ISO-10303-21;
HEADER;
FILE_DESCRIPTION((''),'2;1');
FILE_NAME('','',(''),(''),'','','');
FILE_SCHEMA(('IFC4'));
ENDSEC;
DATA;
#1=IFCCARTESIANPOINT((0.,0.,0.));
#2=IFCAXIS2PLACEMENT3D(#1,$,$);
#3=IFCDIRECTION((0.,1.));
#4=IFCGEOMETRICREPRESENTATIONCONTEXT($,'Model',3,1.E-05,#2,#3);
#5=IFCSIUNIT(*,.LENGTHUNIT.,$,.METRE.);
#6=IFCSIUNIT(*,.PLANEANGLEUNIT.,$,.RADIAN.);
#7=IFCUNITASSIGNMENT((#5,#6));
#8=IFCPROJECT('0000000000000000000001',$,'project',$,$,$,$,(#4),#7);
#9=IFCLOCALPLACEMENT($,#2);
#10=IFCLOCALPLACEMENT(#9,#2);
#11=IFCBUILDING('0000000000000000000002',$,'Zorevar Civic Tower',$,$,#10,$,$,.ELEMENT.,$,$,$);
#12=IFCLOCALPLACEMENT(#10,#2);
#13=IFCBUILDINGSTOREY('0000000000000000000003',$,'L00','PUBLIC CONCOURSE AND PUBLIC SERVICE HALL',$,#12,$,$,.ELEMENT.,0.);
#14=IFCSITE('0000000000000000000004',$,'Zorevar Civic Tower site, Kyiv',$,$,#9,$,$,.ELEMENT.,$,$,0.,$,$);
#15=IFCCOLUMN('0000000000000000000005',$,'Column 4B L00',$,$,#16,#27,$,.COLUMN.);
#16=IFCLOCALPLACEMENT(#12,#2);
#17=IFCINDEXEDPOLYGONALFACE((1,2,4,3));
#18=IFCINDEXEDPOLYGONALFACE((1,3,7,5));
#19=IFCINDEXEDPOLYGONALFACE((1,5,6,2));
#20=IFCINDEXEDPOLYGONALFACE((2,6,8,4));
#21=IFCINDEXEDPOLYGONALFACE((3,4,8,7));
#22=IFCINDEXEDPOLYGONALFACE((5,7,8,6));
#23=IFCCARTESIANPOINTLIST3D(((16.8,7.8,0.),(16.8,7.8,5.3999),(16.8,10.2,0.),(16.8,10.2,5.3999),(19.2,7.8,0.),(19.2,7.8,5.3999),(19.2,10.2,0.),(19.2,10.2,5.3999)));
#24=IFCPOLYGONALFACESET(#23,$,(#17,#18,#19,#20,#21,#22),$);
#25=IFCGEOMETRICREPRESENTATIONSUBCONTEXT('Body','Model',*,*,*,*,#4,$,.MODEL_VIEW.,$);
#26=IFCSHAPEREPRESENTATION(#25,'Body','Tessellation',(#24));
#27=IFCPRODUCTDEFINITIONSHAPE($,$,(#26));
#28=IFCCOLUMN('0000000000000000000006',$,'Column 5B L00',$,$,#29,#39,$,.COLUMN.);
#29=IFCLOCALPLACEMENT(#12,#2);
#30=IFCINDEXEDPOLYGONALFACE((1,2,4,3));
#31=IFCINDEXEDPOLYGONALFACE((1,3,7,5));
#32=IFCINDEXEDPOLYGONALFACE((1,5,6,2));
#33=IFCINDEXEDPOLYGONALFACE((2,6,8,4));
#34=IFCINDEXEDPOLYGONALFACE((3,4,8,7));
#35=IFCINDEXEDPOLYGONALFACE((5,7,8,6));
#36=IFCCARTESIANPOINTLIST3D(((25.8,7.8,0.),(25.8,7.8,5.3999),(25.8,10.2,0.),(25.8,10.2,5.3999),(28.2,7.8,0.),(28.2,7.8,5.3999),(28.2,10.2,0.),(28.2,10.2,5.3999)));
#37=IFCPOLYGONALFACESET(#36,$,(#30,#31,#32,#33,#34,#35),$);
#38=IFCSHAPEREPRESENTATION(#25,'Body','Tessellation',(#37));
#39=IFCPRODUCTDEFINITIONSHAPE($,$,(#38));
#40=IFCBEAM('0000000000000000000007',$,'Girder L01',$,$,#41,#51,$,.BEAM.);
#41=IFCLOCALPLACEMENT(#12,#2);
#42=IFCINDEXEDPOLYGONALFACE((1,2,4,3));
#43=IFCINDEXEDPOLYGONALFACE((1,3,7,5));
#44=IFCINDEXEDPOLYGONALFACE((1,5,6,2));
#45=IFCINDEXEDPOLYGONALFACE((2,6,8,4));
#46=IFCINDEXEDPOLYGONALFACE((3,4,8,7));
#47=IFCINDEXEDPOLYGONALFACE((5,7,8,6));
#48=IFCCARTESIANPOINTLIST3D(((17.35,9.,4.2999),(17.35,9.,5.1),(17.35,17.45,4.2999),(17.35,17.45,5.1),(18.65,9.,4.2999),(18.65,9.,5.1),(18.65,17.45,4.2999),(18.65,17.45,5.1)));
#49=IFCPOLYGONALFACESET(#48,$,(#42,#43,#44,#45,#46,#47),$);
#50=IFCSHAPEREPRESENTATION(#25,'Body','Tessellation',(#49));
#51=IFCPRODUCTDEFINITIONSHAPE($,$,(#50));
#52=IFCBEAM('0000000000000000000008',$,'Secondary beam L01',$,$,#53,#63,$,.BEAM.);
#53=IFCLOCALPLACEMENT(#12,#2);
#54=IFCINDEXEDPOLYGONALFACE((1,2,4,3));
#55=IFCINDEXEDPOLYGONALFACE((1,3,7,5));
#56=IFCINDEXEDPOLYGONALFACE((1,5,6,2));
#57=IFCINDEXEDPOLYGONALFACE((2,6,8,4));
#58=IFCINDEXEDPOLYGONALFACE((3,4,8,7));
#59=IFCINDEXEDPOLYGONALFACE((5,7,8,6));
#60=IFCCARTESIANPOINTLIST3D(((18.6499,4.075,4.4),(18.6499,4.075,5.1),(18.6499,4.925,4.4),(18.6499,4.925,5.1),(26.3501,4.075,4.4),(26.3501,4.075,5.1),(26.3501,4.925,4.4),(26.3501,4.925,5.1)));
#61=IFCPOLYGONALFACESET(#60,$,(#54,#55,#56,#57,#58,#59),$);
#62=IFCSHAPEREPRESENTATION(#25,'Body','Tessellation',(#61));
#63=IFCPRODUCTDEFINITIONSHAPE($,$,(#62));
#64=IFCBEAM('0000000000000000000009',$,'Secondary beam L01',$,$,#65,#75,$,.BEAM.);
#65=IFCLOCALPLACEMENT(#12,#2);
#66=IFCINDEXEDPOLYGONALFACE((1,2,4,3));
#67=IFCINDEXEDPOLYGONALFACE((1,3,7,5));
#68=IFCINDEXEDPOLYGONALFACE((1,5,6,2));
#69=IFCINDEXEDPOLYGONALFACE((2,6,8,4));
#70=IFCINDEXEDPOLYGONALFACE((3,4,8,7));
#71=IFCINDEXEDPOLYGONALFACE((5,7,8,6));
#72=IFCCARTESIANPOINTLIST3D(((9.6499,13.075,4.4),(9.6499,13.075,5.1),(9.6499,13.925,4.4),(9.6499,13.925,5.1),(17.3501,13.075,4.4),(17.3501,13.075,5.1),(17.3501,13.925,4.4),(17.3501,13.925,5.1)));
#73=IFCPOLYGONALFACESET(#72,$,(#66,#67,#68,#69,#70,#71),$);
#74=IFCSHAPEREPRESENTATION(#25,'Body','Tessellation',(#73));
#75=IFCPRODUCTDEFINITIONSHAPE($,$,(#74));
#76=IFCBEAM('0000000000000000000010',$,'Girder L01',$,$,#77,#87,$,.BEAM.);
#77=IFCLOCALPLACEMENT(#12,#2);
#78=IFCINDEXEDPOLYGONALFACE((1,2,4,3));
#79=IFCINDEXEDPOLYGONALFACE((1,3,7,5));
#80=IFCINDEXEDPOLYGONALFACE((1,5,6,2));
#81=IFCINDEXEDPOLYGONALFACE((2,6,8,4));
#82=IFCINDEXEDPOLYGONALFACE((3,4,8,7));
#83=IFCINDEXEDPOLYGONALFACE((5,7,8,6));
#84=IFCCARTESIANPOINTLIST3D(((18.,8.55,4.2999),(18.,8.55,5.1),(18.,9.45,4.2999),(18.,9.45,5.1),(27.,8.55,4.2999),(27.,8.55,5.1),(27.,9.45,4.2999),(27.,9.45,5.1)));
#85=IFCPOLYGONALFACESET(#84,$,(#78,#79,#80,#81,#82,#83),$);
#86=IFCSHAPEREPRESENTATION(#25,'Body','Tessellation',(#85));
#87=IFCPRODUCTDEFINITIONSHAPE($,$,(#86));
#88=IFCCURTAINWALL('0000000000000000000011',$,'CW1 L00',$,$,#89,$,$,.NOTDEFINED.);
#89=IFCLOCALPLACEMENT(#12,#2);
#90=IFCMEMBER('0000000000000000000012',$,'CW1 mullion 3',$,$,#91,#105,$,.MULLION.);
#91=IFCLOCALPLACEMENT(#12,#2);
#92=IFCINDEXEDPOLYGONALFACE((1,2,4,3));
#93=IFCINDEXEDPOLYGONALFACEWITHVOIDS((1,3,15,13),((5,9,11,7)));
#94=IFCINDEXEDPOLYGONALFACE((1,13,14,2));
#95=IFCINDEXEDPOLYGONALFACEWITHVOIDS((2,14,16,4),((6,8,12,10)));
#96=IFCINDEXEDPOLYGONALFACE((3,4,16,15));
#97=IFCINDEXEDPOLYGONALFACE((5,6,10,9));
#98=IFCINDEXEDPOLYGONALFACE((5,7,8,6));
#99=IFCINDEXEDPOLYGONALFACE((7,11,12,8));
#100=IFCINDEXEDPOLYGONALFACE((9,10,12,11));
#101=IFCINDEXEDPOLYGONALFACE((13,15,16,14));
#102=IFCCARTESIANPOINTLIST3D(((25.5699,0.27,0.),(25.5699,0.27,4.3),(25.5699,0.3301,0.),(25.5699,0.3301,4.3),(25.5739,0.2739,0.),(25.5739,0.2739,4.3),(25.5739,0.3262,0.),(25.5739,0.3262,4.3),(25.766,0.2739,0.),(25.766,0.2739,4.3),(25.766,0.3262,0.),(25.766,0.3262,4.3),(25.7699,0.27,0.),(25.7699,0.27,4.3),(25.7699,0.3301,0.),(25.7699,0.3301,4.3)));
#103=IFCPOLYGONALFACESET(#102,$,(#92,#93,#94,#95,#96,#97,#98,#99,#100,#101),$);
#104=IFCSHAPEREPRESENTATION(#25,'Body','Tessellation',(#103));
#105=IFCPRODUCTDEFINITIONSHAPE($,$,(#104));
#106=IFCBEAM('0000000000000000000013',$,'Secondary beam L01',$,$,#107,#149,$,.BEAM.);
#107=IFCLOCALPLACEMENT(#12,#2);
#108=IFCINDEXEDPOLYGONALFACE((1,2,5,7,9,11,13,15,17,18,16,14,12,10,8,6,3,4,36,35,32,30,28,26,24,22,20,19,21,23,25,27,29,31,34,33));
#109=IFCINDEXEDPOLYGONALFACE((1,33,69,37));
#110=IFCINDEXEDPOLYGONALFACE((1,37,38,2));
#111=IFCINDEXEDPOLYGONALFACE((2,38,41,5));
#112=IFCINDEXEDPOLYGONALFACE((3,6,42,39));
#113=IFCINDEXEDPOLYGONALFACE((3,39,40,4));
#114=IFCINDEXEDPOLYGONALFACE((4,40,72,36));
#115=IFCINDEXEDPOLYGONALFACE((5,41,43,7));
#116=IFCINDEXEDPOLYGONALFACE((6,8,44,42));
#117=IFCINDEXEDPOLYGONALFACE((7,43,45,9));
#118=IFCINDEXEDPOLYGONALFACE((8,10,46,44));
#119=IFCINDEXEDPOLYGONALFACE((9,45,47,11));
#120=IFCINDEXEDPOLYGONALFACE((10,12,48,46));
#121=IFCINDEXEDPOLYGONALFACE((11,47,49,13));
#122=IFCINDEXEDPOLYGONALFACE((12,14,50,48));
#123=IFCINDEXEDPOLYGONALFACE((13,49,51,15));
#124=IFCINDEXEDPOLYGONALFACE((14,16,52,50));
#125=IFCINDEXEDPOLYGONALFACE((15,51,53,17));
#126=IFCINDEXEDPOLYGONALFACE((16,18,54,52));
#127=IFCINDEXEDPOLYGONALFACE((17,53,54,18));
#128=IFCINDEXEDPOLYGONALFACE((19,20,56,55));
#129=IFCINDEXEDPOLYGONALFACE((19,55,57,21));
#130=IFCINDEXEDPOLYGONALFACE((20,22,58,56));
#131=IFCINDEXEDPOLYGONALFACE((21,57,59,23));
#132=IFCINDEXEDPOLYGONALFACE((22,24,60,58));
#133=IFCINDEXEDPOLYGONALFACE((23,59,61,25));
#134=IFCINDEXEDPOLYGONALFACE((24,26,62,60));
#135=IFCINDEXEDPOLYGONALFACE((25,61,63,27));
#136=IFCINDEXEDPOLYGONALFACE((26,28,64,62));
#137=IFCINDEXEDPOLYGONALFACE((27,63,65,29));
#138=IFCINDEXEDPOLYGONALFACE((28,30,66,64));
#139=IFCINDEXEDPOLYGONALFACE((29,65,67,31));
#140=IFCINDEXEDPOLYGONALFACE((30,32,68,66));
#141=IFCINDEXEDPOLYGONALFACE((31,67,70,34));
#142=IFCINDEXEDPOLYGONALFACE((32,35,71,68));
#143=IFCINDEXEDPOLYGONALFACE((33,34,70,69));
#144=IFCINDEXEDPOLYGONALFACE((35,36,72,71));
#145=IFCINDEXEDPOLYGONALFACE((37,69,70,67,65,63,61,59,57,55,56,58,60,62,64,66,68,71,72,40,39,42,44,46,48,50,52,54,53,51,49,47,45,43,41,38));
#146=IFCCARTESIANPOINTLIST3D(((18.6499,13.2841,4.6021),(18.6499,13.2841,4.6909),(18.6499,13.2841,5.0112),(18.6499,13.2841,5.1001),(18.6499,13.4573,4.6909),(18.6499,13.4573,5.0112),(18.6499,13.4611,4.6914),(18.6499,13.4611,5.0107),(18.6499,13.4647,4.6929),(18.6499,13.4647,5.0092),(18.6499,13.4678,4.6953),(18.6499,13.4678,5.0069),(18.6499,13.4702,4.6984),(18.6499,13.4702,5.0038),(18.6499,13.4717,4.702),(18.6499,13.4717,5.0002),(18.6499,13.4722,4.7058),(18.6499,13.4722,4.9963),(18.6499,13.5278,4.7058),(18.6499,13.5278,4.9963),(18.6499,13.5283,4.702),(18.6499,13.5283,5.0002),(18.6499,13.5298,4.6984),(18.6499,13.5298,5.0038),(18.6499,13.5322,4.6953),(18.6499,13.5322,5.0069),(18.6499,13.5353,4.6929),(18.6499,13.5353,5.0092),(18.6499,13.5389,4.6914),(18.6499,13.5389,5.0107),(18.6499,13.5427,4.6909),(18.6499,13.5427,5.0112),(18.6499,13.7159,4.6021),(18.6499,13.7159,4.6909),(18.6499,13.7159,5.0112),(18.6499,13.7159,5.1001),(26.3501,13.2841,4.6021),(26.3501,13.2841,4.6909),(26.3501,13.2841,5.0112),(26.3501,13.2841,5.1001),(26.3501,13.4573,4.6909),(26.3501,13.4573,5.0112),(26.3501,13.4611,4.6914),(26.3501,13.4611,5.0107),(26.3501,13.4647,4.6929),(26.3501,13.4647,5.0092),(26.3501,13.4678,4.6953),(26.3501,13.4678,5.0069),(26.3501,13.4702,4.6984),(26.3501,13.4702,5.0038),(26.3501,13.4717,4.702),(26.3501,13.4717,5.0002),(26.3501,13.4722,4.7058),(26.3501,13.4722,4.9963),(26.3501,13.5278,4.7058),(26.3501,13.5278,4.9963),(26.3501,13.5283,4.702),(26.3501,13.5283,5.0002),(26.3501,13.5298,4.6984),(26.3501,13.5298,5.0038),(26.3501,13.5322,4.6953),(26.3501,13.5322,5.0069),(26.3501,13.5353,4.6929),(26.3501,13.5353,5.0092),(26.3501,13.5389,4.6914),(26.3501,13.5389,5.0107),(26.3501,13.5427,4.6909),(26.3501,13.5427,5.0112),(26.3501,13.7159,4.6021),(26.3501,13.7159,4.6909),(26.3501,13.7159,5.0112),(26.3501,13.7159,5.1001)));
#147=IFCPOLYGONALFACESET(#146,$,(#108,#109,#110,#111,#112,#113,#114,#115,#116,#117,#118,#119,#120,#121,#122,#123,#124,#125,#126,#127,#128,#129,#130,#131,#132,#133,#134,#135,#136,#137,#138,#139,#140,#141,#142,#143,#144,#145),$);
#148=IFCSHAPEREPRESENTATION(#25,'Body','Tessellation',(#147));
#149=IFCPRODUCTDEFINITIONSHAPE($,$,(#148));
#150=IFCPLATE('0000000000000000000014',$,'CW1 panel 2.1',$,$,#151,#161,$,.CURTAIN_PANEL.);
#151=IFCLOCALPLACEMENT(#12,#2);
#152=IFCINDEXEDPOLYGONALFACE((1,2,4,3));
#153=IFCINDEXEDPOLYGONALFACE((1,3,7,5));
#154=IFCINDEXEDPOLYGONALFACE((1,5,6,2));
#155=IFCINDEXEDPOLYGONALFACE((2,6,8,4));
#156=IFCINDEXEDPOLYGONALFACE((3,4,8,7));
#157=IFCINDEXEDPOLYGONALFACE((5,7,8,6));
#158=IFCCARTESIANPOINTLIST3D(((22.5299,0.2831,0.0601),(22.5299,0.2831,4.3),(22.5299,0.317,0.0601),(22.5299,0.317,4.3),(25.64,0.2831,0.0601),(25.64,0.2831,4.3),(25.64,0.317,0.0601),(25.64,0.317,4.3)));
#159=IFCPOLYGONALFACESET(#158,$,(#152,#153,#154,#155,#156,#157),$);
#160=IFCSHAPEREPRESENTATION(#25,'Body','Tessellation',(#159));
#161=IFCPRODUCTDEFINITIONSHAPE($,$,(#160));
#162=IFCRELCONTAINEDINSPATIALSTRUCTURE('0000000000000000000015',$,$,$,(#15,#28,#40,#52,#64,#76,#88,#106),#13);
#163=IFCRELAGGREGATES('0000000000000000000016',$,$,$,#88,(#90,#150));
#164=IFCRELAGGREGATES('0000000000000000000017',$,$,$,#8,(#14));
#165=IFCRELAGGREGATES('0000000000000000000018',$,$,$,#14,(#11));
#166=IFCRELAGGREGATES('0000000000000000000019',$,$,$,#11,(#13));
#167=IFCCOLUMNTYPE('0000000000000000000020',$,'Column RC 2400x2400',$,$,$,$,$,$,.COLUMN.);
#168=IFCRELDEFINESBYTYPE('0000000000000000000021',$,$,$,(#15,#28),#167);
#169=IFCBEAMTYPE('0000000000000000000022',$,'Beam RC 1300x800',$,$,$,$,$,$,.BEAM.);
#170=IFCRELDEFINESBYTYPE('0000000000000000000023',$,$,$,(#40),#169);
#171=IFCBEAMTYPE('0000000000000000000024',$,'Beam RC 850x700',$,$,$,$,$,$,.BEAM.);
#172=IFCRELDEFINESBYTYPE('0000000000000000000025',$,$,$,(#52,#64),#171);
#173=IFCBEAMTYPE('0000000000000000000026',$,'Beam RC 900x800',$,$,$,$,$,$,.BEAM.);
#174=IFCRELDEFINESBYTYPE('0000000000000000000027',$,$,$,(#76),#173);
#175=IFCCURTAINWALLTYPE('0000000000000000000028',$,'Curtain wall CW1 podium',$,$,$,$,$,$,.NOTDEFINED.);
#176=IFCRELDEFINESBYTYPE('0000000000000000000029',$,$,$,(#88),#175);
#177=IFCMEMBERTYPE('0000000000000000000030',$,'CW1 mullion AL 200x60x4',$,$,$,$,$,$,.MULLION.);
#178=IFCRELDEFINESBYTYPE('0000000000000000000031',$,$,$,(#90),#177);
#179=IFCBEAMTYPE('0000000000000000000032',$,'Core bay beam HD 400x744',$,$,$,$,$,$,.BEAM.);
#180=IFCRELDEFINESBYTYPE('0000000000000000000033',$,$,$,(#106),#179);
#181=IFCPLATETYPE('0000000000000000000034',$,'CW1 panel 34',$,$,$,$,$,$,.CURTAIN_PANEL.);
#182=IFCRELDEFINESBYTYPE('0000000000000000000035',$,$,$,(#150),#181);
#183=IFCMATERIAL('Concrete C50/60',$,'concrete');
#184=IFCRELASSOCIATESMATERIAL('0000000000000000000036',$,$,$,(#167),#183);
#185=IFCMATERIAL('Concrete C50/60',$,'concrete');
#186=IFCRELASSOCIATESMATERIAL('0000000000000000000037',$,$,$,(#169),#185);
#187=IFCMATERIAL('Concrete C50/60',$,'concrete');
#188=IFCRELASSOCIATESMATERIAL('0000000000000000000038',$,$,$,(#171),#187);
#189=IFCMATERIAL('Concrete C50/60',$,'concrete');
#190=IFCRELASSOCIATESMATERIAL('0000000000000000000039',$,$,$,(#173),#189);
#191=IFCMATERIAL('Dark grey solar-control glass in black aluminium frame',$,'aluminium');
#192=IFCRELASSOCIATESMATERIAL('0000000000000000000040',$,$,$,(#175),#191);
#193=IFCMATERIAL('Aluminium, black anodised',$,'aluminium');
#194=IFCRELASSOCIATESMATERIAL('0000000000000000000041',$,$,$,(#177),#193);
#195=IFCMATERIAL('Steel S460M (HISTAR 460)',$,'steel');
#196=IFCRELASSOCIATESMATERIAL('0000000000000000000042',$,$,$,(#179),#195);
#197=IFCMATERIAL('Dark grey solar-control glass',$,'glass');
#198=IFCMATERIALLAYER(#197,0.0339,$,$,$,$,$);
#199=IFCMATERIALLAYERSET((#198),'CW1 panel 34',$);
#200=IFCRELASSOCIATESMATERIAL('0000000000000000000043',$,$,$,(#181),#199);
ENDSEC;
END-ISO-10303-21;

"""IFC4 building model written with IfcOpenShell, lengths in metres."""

from ifc_helpers import new_model, si_unit, direction, frame, origin, origin_2d, place, context, subcontext, project, spatial, rectangle, hollow_rectangle, i_section, extrude, material, layer, layer_set, material_profile, profile_set, type_object, element, aggregate, save


model = new_model("IFC4")

# Units and contexts
model_context = context("Model", 3, precision=1e-05, world=origin(), true_north=direction((0.0, 1.0)))
body_context = subcontext(model_context, "Body", "Model", "MODEL_VIEW")
ifc_project = project(units=[si_unit("LENGTHUNIT", "METRE"), si_unit("PLANEANGLEUNIT", "RADIAN")], contexts=[model_context])

# Site, building, storey
site_placement = place(None, origin())
site = spatial("IfcSite", under=ifc_project, at=site_placement, Name="Zorevar Civic Tower site, Kyiv", CompositionType="ELEMENT", RefElevation=0.0)
building_placement = place(site_placement, origin())
building = spatial("IfcBuilding", under=site, at=building_placement, Name="Zorevar Civic Tower", CompositionType="ELEMENT")
storey_placement = place(building_placement, origin())
storey = spatial("IfcBuildingStorey", under=building, at=storey_placement, Name="L00", Description="PUBLIC CONCOURSE AND PUBLIC SERVICE HALL", CompositionType="ELEMENT", Elevation=0.0)

# Columns
ifc_material_1 = material(Name="Concrete C50/60", Category="concrete")
ifc_material_profile_1 = material_profile(ifc_material_1, rectangle(XDim=2.3999, YDim=2.3999, at=origin_2d()), Name="RC 2400x2400")
ifc_profile_set_1 = profile_set([ifc_material_profile_1], Name="Concrete C50/60")
column_type = type_object("IfcColumnType", Name="Column RC 2400x2400", PredefinedType="COLUMN", material=ifc_profile_set_1)
for number, where, z_axis, x_axis, name in (
    (1, (18.0, 9.0, 0.0), (0.0, 0.0, 1.0), (1.0, 0.0, 0.0), "Column 4B L00"),
    (2, (27.0, 9.0, 0.0), (0.0, 0.0, 1.0), (1.0, 0.0, 0.0), "Column 5B L00"),
):
    element("IfcColumn", number, at=place(storey_placement, frame(where, z_axis=z_axis, x_axis=x_axis)), inside=storey, type_object=column_type, Name=name, PredefinedType="COLUMN", context=body_context, shape_type="SweptSolid", body=[
        extrude(rectangle(XDim=2.3999, YDim=2.3999, at=origin_2d()), origin(), (0.0, 0.0, 1.0), 5.3999),
    ])

# Beams
ifc_material_2 = material(Name="Concrete C50/60", Category="concrete")
ifc_material_profile_2 = material_profile(ifc_material_2, rectangle(XDim=1.3, YDim=0.8, at=origin_2d()), Name="RC 1300x800")
ifc_profile_set_2 = profile_set([ifc_material_profile_2], Name="Concrete C50/60")
beam_type_1 = type_object("IfcBeamType", Name="Beam RC 1300x800", PredefinedType="BEAM", material=ifc_profile_set_2)
beam_1_placement = place(storey_placement, frame((18.0, 9.0, 4.7), z_axis=(0.0, 1.0, 0.0), x_axis=(-1.0, 0.0, 0.0)))
element("IfcBeam", 3, at=beam_1_placement, inside=storey, type_object=beam_type_1, Name="Girder L01", PredefinedType="BEAM", context=body_context, shape_type="SweptSolid", body=[
    extrude(rectangle(XDim=1.3, YDim=0.8, at=origin_2d()), origin(), (0.0, 0.0, 1.0), 8.45),
])
ifc_material_3 = material(Name="Concrete C50/60", Category="concrete")
ifc_material_profile_3 = material_profile(ifc_material_3, rectangle(XDim=0.8501, YDim=0.7, at=origin_2d()), Name="RC 850x700")
ifc_profile_set_3 = profile_set([ifc_material_profile_3], Name="Concrete C50/60")
beam_type_2 = type_object("IfcBeamType", Name="Beam RC 850x700", PredefinedType="BEAM", material=ifc_profile_set_3)
for number, where, z_axis, x_axis, name in (
    (4, (18.6499, 4.5, 4.75), (1.0, 0.0, 0.0), (0.0, 1.0, 0.0), "Secondary beam L01"),
    (5, (9.6499, 13.5, 4.75), (1.0, 0.0, 0.0), (0.0, 1.0, 0.0), "Secondary beam L01"),
):
    element("IfcBeam", number, at=place(storey_placement, frame(where, z_axis=z_axis, x_axis=x_axis)), inside=storey, type_object=beam_type_2, Name=name, PredefinedType="BEAM", context=body_context, shape_type="SweptSolid", body=[
        extrude(rectangle(XDim=0.8501, YDim=0.7, at=origin_2d()), origin(), (0.0, 0.0, 1.0), 7.7002),
    ])
ifc_material_4 = material(Name="Concrete C50/60", Category="concrete")
ifc_material_profile_4 = material_profile(ifc_material_4, rectangle(XDim=0.8999, YDim=0.8, at=origin_2d()), Name="RC 900x800")
ifc_profile_set_4 = profile_set([ifc_material_profile_4], Name="Concrete C50/60")
beam_type_3 = type_object("IfcBeamType", Name="Beam RC 900x800", PredefinedType="BEAM", material=ifc_profile_set_4)
beam_2_placement = place(storey_placement, frame((18.0, 9.0, 4.7), z_axis=(1.0, 0.0, 0.0), x_axis=(0.0, 1.0, 0.0)))
element("IfcBeam", 6, at=beam_2_placement, inside=storey, type_object=beam_type_3, Name="Girder L01", PredefinedType="BEAM", context=body_context, shape_type="SweptSolid", body=[
    extrude(rectangle(XDim=0.8999, YDim=0.8, at=origin_2d()), origin(), (0.0, 0.0, 1.0), 9.0),
])

# Curtain wall, member
ifc_material_5 = material(Name="Dark grey solar-control glass in black aluminium frame", Category="aluminium")
curtain_wall_type = type_object("IfcCurtainWallType", Name="Curtain wall CW1 podium", PredefinedType="NOTDEFINED", material=ifc_material_5)
curtain_wall_placement = place(storey_placement, origin())
curtain_wall = element("IfcCurtainWall", 7, at=curtain_wall_placement, inside=storey, type_object=curtain_wall_type, Name="CW1 L00", PredefinedType="NOTDEFINED")
ifc_material_6 = material(Name="Aluminium, black anodised", Category="aluminium")
ifc_material_profile_5 = material_profile(ifc_material_6, hollow_rectangle(XDim=0.0601, YDim=0.2, WallThickness=0.0039, at=origin_2d()), Name="AL 200x60x4")
ifc_profile_set_5 = profile_set([ifc_material_profile_5], Name="Aluminium, black anodised")
member_type = type_object("IfcMemberType", Name="CW1 mullion AL 200x60x4", PredefinedType="MULLION", material=ifc_profile_set_5)
member_placement = place(storey_placement, frame((25.6699, 0.3, 0.0), z_axis=(0.0, 0.0, 1.0), x_axis=(0.0, 1.0, 0.0)))
member = element("IfcMember", 8, at=member_placement, type_object=member_type, Name="CW1 mullion 3", PredefinedType="MULLION", context=body_context, shape_type="SweptSolid", body=[
    extrude(hollow_rectangle(XDim=0.0601, YDim=0.2, WallThickness=0.0039, at=origin_2d()), origin(), (0.0, 0.0, 1.0), 4.3),
])

# Beam
ifc_material_7 = material(Name="Steel S460M (HISTAR 460)", Category="steel")
ifc_material_profile_6 = material_profile(ifc_material_7, i_section(OverallWidth=0.4319, OverallDepth=0.498, WebThickness=0.0557, FlangeThickness=0.0889, FilletRadius=0.0149, at=origin_2d()), Name="HD 400x744")
ifc_profile_set_6 = profile_set([ifc_material_profile_6], Name="Steel S460M (HISTAR 460)")
beam_type_4 = type_object("IfcBeamType", Name="Core bay beam HD 400x744", PredefinedType="BEAM", material=ifc_profile_set_6)
beam_3_placement = place(storey_placement, frame((18.6499, 13.5, 4.8511), z_axis=(1.0, 0.0, 0.0), x_axis=(0.0, 1.0, 0.0)))
element("IfcBeam", 9, at=beam_3_placement, inside=storey, type_object=beam_type_4, Name="Secondary beam L01", PredefinedType="BEAM", context=body_context, shape_type="SweptSolid", body=[
    extrude(i_section(OverallWidth=0.4319, OverallDepth=0.498, WebThickness=0.0557, FlangeThickness=0.0889, FilletRadius=0.0149, at=origin_2d()), origin(), (0.0, 0.0, 1.0), 7.7002),
])

# Plate
ifc_material_8 = material(Name="Dark grey solar-control glass", Category="glass")
ifc_layer_1 = layer(ifc_material_8, 0.0339)
ifc_layer_set_1 = layer_set([ifc_layer_1], Name="CW1 panel 34")
plate_type = type_object("IfcPlateType", Name="CW1 panel 34", PredefinedType="CURTAIN_PANEL", material=ifc_layer_set_1)
plate_placement = place(storey_placement, frame((24.085, 0.3, 0.0601), z_axis=(0.0, 0.0, 1.0), x_axis=(1.0, 0.0, 0.0)))
plate = element("IfcPlate", 10, at=plate_placement, type_object=plate_type, Name="CW1 panel 2.1", PredefinedType="CURTAIN_PANEL", context=body_context, shape_type="SweptSolid", body=[
    extrude(rectangle(XDim=3.1101, YDim=0.0339, at=origin_2d()), origin(), (0.0, 0.0, 1.0), 4.24),
])
aggregate(curtain_wall, [member, plate])

save(model, "model.ifc")
